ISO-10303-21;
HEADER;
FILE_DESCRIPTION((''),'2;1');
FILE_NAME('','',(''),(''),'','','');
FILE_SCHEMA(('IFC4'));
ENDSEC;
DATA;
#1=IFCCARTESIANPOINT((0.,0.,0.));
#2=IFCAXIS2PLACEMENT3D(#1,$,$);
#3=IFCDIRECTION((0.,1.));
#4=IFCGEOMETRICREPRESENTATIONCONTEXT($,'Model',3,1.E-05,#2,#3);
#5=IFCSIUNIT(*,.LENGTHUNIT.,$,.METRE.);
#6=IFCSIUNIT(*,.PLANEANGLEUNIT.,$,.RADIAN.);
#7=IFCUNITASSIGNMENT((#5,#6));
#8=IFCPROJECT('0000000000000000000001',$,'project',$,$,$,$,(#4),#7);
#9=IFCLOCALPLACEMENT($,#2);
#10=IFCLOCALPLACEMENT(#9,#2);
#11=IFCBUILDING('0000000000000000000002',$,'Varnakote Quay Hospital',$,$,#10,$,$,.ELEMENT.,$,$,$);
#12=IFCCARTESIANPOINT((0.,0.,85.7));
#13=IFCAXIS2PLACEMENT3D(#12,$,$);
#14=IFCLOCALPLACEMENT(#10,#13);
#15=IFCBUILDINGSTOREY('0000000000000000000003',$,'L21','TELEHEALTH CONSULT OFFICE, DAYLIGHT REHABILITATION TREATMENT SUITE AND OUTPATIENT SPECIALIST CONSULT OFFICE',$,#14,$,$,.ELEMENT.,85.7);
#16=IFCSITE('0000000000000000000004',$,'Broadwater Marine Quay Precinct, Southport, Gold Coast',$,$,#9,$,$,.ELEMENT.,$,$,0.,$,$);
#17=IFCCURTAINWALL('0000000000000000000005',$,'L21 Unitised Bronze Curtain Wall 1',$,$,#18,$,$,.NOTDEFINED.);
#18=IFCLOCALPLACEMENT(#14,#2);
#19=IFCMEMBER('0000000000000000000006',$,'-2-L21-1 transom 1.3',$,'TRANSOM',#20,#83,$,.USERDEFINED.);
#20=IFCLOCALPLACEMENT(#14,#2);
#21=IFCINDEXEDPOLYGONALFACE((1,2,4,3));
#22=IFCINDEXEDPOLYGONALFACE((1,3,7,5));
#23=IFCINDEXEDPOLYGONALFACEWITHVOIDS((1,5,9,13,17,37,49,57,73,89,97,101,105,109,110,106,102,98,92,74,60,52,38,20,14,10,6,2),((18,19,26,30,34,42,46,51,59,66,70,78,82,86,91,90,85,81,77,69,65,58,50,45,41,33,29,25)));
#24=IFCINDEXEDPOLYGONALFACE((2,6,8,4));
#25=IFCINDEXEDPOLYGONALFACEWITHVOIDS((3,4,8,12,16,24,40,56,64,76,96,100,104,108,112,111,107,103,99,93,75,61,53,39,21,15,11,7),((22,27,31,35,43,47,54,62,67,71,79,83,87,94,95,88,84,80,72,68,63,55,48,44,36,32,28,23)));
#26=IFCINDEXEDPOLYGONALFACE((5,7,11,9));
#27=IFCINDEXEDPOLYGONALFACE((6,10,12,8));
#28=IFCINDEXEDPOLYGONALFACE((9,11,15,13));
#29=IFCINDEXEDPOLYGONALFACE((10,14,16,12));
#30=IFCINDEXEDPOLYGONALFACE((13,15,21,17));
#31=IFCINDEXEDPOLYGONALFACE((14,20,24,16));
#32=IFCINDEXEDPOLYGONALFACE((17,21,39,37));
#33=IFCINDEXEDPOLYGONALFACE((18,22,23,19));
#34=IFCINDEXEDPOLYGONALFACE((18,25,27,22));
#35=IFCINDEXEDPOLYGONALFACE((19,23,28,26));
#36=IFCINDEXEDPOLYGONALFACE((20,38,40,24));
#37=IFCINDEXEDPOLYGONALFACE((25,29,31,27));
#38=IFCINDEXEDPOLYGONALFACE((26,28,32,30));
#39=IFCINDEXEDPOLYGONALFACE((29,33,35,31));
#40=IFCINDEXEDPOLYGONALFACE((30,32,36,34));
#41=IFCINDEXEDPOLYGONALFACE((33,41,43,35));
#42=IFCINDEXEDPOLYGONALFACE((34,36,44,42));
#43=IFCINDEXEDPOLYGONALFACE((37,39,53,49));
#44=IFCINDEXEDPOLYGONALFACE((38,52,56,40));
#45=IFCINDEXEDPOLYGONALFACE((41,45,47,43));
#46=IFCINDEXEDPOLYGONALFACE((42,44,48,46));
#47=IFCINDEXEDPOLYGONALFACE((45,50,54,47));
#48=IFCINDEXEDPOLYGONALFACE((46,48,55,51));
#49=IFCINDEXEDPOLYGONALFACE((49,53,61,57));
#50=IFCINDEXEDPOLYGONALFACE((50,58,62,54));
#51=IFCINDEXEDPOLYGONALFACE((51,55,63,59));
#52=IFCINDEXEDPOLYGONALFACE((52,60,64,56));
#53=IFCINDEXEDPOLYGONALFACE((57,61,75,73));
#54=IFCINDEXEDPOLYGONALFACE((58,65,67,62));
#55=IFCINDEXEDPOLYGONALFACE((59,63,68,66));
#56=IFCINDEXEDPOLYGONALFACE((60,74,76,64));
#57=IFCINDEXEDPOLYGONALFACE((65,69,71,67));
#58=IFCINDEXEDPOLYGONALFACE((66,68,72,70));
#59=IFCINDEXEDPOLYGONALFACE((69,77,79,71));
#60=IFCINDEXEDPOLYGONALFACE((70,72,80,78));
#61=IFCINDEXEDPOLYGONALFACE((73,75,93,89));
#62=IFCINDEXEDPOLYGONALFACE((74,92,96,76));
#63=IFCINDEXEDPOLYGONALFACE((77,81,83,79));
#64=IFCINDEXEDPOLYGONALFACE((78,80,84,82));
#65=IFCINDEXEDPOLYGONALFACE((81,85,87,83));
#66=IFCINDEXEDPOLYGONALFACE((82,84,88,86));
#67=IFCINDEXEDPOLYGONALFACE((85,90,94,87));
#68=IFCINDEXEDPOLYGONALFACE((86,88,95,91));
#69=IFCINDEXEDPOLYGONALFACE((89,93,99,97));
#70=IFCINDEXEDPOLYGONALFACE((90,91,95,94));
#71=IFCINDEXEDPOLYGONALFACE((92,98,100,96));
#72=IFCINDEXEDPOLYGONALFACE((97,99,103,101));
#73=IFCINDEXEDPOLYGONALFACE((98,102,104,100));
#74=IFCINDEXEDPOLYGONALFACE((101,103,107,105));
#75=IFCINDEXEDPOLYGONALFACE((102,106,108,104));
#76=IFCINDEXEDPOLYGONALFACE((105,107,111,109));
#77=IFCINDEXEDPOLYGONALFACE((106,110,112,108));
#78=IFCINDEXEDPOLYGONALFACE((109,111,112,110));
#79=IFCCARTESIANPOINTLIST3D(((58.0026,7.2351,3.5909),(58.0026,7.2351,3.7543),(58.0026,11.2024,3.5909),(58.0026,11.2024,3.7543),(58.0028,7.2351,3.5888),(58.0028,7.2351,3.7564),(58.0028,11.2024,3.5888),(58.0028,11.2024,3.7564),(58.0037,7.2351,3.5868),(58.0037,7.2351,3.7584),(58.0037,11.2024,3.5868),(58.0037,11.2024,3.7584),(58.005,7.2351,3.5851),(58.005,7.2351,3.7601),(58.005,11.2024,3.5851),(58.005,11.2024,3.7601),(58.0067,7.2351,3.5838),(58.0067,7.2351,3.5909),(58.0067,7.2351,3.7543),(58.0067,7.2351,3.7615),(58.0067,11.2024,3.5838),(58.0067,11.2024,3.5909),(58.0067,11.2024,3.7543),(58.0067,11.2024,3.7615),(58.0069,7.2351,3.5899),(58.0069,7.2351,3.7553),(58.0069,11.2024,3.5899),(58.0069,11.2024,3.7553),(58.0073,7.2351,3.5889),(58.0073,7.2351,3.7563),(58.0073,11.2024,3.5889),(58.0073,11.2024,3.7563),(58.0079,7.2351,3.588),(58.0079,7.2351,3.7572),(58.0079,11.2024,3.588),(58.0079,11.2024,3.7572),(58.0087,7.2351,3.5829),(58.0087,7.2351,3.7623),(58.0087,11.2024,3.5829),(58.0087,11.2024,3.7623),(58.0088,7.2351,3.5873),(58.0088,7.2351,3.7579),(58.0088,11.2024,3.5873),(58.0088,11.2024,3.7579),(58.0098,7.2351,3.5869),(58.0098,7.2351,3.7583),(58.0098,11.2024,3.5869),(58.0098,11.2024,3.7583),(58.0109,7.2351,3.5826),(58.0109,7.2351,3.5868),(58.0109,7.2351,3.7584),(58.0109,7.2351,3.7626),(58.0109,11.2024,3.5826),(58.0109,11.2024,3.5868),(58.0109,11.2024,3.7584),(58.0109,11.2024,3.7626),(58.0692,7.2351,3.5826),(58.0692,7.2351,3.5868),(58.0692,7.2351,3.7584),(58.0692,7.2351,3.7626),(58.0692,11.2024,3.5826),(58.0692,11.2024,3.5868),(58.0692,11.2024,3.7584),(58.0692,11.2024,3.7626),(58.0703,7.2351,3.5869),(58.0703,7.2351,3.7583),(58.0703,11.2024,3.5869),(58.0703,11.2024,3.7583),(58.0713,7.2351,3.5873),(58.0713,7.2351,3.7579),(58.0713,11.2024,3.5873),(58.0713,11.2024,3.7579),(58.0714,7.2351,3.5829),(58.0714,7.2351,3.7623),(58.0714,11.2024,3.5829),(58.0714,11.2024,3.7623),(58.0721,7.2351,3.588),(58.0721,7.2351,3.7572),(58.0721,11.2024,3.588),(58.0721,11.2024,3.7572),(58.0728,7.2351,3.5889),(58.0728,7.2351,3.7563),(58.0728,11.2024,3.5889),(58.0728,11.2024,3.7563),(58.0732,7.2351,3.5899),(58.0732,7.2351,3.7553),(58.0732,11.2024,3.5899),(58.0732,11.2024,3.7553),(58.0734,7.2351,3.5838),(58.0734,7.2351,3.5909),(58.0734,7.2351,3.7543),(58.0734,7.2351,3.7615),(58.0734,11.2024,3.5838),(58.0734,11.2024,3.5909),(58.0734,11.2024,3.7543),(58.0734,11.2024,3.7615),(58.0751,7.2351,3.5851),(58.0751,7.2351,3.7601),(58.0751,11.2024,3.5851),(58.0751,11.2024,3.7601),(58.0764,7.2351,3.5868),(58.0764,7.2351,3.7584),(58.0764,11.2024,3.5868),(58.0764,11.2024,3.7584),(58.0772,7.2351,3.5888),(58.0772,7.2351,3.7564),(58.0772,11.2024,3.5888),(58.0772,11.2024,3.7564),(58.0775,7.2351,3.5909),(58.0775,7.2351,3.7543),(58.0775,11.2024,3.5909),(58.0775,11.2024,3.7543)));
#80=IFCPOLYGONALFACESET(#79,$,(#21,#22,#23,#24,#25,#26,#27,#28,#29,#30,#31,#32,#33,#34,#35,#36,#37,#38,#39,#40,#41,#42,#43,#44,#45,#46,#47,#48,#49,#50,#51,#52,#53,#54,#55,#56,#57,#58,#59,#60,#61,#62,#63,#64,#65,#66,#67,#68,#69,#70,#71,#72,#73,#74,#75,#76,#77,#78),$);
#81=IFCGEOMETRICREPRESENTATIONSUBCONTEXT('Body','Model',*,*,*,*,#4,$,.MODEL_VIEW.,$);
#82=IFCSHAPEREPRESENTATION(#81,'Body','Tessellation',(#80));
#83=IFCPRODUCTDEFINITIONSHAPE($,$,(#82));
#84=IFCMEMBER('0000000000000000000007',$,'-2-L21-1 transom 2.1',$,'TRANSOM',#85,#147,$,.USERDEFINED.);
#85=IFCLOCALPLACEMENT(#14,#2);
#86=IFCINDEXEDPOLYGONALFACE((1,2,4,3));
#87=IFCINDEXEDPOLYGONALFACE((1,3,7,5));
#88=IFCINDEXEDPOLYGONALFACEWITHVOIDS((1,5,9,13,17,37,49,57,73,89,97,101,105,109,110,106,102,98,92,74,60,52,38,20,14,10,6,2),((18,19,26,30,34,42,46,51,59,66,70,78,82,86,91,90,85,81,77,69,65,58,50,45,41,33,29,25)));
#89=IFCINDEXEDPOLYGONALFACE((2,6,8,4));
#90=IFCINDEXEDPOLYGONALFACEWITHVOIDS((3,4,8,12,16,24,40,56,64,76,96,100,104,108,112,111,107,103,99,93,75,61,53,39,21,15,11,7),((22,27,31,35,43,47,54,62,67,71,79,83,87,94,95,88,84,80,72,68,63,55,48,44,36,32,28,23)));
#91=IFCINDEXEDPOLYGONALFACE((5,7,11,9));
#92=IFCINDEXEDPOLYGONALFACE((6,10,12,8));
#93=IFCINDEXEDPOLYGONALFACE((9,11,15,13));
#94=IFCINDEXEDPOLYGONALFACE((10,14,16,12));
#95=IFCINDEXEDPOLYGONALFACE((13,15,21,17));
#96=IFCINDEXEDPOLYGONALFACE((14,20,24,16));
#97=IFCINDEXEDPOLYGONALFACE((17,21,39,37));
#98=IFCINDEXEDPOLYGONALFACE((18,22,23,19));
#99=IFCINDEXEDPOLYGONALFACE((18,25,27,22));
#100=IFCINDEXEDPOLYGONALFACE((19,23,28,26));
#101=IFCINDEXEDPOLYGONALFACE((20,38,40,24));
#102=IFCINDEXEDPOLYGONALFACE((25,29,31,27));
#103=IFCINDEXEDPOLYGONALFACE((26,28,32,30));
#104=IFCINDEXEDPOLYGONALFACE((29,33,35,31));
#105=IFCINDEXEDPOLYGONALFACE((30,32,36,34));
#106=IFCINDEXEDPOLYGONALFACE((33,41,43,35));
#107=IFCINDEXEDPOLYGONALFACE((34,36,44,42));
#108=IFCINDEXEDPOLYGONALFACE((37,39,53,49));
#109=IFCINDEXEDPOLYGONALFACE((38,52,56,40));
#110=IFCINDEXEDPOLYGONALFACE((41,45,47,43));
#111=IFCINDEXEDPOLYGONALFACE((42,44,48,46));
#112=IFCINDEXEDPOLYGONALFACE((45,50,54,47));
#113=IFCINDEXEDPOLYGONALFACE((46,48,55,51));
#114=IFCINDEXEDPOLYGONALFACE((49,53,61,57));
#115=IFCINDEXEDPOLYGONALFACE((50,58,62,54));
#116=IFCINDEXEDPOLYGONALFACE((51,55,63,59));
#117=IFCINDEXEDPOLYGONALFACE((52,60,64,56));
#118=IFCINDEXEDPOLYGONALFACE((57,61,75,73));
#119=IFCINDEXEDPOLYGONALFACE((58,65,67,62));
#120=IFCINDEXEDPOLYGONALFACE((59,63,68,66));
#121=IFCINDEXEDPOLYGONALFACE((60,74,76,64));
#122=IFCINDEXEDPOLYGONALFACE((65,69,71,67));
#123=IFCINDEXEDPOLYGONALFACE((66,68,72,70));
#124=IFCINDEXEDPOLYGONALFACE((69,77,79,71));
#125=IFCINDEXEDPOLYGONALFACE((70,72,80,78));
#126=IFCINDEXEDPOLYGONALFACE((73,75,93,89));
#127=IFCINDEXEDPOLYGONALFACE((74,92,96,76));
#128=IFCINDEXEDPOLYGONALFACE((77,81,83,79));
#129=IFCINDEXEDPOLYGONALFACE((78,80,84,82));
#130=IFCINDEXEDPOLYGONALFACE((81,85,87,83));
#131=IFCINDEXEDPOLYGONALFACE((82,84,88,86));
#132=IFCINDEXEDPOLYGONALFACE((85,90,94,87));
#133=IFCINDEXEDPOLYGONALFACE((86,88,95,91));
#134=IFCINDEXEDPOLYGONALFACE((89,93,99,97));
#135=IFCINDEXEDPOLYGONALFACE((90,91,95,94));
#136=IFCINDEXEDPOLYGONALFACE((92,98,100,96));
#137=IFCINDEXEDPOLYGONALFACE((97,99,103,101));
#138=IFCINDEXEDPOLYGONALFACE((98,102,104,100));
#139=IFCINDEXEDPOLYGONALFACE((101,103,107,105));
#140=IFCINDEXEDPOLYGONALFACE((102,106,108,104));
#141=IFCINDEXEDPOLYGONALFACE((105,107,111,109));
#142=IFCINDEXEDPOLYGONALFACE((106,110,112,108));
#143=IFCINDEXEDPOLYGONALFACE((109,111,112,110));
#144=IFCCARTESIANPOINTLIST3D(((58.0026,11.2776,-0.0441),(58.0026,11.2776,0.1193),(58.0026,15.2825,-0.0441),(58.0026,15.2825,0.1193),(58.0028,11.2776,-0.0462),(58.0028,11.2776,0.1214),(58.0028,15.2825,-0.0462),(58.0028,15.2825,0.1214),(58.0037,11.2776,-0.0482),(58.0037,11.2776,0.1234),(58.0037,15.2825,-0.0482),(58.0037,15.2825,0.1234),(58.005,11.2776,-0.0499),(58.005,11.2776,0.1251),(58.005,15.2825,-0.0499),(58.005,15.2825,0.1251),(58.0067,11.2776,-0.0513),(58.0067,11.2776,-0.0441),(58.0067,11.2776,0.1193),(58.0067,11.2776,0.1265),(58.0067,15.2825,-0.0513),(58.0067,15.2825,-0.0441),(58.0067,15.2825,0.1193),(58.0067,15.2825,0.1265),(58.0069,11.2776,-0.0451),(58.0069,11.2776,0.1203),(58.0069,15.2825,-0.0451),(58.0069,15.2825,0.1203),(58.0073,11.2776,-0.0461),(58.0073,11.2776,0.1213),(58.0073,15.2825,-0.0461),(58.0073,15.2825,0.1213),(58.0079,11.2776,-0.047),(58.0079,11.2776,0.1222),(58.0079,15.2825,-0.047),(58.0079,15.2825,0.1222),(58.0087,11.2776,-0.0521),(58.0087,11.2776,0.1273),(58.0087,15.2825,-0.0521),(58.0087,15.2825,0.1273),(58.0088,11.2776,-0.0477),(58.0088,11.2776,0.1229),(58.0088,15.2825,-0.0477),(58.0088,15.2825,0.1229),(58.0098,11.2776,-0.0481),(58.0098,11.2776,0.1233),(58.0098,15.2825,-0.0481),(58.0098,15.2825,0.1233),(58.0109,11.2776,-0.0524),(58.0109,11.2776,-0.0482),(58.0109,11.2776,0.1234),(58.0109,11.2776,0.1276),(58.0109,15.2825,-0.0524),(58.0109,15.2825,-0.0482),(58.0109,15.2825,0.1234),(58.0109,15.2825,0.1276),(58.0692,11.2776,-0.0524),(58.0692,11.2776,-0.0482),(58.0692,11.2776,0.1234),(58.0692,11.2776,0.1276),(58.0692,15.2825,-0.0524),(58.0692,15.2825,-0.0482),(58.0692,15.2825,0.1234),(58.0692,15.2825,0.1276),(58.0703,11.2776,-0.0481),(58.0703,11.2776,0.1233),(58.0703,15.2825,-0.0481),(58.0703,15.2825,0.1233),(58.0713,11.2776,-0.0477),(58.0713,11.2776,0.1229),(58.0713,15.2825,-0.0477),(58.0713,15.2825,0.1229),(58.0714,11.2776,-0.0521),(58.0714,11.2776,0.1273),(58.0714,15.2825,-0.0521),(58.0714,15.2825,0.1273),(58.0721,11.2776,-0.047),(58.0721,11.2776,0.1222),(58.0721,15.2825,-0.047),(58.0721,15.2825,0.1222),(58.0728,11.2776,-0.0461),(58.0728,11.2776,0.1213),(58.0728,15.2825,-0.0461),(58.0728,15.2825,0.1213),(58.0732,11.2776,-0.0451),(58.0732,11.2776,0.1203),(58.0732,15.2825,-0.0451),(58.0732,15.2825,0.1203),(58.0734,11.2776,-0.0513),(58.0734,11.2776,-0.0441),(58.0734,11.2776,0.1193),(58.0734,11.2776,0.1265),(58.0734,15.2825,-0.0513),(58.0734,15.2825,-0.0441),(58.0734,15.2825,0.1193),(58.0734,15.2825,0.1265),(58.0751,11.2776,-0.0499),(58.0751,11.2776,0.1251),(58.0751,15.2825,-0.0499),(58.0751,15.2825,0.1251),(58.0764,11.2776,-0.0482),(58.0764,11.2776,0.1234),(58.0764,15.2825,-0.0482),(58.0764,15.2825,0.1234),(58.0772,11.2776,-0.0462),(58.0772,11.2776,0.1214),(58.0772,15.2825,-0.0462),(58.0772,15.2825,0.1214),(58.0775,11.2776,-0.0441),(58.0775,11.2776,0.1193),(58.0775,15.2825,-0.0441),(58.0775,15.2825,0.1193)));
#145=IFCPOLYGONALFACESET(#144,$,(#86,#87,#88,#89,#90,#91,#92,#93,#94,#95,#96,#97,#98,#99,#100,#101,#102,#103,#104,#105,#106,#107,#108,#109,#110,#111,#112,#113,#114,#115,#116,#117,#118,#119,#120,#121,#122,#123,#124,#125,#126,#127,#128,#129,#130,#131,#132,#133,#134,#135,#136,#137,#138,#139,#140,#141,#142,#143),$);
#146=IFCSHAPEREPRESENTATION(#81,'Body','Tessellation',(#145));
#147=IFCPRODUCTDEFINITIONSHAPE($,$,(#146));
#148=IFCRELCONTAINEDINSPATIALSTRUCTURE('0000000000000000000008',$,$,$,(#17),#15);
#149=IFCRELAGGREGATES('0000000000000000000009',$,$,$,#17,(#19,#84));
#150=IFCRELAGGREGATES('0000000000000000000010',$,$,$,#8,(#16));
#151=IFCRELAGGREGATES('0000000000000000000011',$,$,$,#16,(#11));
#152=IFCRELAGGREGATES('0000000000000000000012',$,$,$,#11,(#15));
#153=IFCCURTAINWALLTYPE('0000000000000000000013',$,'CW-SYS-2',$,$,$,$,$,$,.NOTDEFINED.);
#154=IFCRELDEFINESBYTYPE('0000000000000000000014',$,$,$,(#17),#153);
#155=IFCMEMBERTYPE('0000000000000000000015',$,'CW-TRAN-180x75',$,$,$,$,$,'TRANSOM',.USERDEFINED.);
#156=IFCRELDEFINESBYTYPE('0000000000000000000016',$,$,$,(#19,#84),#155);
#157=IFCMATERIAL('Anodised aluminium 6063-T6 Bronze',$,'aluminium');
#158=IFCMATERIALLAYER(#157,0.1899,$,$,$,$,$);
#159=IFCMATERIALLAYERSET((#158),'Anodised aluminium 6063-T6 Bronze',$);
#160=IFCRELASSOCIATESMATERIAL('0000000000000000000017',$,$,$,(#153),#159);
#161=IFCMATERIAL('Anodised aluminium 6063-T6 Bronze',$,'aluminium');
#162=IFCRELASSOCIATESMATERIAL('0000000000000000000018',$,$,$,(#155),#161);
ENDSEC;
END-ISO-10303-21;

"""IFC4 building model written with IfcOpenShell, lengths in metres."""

from ifc_helpers import new_model, si_unit, direction, frame, origin, origin_2d, place, context, subcontext, project, spatial, hollow_rectangle, extrude, material, layer, layer_set, material_profile, profile_set, type_object, element, aggregate, save


model = new_model("IFC4")

# Units and contexts
model_context = context("Model", 3, precision=1e-05, world=origin(), true_north=direction((0.0, 1.0)))
body_context = subcontext(model_context, "Body", "Model", "MODEL_VIEW")
ifc_project = project(units=[si_unit("LENGTHUNIT", "METRE"), si_unit("PLANEANGLEUNIT", "RADIAN")], contexts=[model_context])

# Site, building, storey
site_placement = place(None, origin())
site = spatial("IfcSite", under=ifc_project, at=site_placement, Name="Broadwater Marine Quay Precinct, Southport, Gold Coast", CompositionType="ELEMENT", RefElevation=0.0)
building_placement = place(site_placement, origin())
building = spatial("IfcBuilding", under=site, at=building_placement, Name="Varnakote Quay Hospital", CompositionType="ELEMENT")
storey_placement = place(building_placement, frame((0.0, 0.0, 85.7)))
storey = spatial("IfcBuildingStorey", under=building, at=storey_placement, Name="L21", Description="TELEHEALTH CONSULT OFFICE, DAYLIGHT REHABILITATION TREATMENT SUITE AND OUTPATIENT SPECIALIST CONSULT OFFICE", CompositionType="ELEMENT", Elevation=85.7)

# Curtain wall, members
ifc_material_1 = material(Name="Anodised aluminium 6063-T6 Bronze", Category="aluminium")
ifc_layer_1 = layer(ifc_material_1, 0.1899)
ifc_layer_set_1 = layer_set([ifc_layer_1], Name="Anodised aluminium 6063-T6 Bronze")
curtain_wall_type = type_object("IfcCurtainWallType", Name="CW-SYS-2", PredefinedType="NOTDEFINED", material=ifc_layer_set_1)
curtain_wall_placement = place(storey_placement, origin())
curtain_wall = element("IfcCurtainWall", 1, at=curtain_wall_placement, inside=storey, type_object=curtain_wall_type, Name="L21 Unitised Bronze Curtain Wall 1", PredefinedType="NOTDEFINED")
ifc_material_2 = material(Name="Anodised aluminium 6063-T6 Bronze", Category="aluminium")
ifc_material_profile_1 = material_profile(ifc_material_2, hollow_rectangle(XDim=0.075, YDim=0.1799, WallThickness=0.0042, InnerFilletRadius=0.0042, OuterFilletRadius=0.0083, at=origin_2d()), Name="CW-TRAN-180x75")
ifc_profile_set_1 = profile_set([ifc_material_profile_1], Name="Anodised aluminium 6063-T6 Bronze")
member_type_1 = type_object("IfcMemberType", Name="CW-TRAN-180x75", ElementType="TRANSOM", PredefinedType="USERDEFINED", material=ifc_profile_set_1)
member_1_placement = place(storey_placement, frame((58.04, 7.2351, 3.6726), z_axis=(0.0, 1.0, 0.0), x_axis=(-1.0, 0.0, 0.0)))
member_1 = element("IfcMember", 2, at=member_1_placement, type_object=member_type_1, Name="-2-L21-1 transom 1.3", ObjectType="TRANSOM", PredefinedType="USERDEFINED", context=body_context, shape_type="SweptSolid", body=[
    extrude(hollow_rectangle(XDim=0.075, YDim=0.1799, WallThickness=0.0042, InnerFilletRadius=0.0042, OuterFilletRadius=0.0083, at=origin_2d()), origin(), (0.0, 0.0, 1.0), 3.9673),
])
member_2_placement = place(storey_placement, frame((58.04, 11.2776, 0.0376), z_axis=(0.0, 1.0, 0.0), x_axis=(-1.0, 0.0, 0.0)))
member_2 = element("IfcMember", 3, at=member_2_placement, type_object=member_type_1, Name="-2-L21-1 transom 2.1", ObjectType="TRANSOM", PredefinedType="USERDEFINED", context=body_context, shape_type="SweptSolid", body=[
    extrude(hollow_rectangle(XDim=0.075, YDim=0.1799, WallThickness=0.0042, InnerFilletRadius=0.0042, OuterFilletRadius=0.0083, at=origin_2d()), origin(), (0.0, 0.0, 1.0), 4.0049),
])
aggregate(curtain_wall, [member_1, member_2])

save(model, "model.ifc")
